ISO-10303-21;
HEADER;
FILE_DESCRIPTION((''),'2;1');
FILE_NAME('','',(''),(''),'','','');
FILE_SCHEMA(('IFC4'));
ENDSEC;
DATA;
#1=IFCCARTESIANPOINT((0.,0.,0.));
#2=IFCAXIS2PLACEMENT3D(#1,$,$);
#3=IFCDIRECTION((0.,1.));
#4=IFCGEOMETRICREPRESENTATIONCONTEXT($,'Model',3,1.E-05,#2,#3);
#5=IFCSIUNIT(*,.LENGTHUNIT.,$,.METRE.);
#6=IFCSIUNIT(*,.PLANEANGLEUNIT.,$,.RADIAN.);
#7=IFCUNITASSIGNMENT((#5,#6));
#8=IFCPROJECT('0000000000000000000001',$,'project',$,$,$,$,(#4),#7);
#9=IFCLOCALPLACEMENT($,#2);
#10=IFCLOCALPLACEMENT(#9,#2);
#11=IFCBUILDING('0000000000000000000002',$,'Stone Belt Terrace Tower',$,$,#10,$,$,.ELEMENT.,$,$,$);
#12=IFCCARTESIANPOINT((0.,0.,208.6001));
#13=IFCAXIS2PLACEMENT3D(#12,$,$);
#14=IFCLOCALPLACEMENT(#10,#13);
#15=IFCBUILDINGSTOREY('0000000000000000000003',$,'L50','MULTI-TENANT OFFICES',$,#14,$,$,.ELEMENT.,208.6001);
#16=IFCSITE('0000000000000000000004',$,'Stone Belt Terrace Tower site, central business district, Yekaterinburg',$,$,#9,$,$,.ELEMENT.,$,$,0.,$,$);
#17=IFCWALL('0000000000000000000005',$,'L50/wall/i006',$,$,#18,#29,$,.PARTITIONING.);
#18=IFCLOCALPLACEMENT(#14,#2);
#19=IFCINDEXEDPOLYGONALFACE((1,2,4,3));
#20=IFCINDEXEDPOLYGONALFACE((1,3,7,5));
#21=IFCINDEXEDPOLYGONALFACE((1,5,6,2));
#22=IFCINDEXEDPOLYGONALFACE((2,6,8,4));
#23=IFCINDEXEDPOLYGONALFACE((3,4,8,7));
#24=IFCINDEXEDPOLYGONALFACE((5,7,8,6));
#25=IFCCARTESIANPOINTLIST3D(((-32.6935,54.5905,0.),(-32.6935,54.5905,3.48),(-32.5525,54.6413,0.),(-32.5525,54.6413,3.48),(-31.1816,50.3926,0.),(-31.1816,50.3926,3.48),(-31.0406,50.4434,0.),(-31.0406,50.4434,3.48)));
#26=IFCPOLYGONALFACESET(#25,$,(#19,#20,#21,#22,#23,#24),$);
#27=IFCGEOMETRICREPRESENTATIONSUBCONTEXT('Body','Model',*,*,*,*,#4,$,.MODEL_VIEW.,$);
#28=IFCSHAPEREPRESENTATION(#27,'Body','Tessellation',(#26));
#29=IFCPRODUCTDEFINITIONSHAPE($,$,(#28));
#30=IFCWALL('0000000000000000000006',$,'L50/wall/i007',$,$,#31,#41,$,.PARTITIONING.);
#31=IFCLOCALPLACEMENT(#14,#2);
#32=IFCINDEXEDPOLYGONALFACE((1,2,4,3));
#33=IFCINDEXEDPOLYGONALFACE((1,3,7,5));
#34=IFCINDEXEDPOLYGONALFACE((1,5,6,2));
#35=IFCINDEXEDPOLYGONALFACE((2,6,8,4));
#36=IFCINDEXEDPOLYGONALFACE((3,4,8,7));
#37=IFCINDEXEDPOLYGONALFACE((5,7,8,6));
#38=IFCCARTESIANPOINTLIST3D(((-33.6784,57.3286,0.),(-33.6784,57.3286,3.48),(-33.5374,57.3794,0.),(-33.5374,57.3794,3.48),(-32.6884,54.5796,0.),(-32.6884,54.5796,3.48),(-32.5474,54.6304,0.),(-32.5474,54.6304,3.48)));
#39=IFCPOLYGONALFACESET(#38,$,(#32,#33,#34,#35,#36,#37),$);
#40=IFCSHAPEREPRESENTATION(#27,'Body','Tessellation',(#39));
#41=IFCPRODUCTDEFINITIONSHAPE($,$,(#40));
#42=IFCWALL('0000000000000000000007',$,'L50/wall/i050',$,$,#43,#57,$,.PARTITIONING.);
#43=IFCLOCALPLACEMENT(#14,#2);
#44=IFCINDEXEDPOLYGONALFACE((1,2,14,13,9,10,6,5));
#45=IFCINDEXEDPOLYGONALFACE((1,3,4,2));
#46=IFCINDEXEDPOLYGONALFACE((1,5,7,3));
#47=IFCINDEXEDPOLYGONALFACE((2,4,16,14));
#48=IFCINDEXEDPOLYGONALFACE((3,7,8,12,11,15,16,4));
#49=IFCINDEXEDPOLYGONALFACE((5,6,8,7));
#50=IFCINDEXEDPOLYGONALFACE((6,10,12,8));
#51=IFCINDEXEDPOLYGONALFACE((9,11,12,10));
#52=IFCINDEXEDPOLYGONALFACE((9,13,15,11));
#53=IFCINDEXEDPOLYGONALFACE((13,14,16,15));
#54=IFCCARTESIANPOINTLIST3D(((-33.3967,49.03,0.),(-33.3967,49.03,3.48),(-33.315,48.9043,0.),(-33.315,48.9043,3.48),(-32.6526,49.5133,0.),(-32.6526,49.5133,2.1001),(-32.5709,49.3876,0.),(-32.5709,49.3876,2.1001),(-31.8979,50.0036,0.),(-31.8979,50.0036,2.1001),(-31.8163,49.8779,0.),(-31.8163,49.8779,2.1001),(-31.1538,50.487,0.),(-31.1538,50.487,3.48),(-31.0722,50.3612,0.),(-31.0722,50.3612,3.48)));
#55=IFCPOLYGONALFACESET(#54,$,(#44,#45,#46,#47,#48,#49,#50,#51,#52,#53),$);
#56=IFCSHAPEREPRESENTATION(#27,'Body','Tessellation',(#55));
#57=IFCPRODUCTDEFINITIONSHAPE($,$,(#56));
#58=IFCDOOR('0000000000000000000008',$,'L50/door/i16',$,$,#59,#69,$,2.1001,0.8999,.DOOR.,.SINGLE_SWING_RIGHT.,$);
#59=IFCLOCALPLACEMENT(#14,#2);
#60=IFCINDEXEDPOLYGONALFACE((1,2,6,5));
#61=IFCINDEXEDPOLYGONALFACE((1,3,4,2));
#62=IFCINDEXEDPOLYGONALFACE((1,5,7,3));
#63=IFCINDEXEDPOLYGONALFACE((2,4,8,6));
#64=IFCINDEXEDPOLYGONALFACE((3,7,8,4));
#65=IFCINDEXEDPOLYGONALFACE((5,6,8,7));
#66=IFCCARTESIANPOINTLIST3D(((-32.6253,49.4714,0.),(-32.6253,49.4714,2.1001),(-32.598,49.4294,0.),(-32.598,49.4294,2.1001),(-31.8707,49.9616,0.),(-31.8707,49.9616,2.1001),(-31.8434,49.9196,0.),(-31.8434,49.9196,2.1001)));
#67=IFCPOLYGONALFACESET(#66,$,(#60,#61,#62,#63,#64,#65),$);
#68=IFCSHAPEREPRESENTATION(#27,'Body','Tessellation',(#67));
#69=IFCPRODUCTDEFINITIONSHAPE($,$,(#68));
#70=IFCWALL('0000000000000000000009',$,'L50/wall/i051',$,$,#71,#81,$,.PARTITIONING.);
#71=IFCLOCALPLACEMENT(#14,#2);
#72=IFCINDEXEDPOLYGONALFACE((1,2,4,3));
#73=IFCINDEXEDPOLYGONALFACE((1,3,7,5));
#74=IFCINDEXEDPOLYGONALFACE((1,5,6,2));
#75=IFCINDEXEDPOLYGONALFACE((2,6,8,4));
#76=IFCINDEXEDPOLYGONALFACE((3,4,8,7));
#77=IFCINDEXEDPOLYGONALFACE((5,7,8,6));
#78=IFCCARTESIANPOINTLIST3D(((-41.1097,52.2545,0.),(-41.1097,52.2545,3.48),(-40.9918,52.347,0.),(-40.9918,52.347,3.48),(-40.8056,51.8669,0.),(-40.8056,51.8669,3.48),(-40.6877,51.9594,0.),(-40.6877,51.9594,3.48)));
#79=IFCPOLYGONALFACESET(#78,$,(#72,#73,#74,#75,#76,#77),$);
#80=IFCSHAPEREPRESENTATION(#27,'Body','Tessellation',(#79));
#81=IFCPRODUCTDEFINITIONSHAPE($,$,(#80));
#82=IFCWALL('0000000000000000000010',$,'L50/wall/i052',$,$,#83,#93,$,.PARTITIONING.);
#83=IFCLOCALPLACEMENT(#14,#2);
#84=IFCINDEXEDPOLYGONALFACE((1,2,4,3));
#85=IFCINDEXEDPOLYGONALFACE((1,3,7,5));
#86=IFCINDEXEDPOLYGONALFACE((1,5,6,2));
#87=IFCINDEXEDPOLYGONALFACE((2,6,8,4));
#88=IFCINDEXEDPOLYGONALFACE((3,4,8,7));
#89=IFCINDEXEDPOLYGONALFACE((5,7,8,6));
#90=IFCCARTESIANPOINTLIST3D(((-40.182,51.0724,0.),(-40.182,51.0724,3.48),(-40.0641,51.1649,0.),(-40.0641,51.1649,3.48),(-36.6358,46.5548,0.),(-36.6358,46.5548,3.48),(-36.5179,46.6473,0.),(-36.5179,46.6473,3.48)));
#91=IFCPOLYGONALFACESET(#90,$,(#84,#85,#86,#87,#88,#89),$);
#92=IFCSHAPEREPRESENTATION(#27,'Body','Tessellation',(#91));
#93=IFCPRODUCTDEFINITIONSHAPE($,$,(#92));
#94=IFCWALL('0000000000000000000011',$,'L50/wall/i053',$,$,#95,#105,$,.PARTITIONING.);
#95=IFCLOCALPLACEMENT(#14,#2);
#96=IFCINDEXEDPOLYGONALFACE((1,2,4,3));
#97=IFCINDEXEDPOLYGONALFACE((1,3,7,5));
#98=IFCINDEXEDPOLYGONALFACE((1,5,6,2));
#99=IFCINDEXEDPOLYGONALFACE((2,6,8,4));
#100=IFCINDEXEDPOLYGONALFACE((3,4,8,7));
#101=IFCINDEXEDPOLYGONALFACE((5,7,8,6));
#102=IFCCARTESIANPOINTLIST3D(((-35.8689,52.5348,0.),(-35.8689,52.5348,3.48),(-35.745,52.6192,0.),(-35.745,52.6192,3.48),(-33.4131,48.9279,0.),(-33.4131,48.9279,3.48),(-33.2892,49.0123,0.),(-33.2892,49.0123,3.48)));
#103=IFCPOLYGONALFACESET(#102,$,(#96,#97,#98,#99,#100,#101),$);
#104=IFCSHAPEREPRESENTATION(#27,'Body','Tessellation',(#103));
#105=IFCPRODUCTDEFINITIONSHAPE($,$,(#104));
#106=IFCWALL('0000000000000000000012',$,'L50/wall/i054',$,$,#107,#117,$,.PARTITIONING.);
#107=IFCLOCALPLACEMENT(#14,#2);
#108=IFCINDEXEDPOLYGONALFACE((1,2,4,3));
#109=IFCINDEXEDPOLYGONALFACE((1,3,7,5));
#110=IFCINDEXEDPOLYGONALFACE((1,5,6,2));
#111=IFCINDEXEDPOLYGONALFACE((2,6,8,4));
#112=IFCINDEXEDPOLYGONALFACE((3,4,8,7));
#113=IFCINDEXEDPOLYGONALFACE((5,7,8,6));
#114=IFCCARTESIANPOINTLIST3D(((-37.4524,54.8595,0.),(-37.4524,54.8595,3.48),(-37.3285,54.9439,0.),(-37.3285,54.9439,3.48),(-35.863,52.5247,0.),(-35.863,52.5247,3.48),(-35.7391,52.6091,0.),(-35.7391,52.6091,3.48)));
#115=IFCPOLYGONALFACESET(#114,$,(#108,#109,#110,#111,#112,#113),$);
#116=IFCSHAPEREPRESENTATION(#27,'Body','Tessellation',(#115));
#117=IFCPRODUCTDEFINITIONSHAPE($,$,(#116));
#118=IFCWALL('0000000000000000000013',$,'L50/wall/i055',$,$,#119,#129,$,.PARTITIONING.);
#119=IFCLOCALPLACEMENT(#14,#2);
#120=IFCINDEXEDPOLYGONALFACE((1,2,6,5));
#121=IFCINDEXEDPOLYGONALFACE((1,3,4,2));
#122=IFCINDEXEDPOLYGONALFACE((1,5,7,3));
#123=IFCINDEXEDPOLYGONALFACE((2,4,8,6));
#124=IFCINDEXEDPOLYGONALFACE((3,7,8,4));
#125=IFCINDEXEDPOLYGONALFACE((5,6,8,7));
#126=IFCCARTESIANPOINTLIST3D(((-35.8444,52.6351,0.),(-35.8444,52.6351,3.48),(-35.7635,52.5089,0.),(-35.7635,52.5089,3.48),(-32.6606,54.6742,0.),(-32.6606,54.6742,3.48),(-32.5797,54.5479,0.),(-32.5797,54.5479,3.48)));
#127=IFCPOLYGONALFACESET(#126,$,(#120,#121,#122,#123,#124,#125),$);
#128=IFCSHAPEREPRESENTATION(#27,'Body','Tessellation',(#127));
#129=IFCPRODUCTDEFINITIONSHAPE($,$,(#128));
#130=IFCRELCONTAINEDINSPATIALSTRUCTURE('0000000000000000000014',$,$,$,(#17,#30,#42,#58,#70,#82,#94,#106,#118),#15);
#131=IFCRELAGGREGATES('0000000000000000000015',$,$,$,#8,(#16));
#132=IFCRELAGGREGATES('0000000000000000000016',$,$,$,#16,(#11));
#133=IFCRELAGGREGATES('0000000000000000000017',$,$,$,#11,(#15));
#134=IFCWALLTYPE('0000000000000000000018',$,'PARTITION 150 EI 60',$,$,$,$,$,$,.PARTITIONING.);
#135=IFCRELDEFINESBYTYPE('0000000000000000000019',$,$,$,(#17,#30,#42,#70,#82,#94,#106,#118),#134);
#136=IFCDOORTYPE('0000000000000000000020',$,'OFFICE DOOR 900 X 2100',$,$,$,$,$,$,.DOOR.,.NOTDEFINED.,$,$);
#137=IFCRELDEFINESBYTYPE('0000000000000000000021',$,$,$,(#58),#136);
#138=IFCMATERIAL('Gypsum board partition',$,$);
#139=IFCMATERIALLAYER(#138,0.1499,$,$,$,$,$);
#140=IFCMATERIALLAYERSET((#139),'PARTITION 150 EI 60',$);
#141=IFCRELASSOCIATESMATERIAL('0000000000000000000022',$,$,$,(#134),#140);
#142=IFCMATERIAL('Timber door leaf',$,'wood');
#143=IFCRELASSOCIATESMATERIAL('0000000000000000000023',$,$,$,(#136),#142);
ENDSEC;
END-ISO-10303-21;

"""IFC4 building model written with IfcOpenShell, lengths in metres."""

from ifc_helpers import new_model, si_unit, direction, frame, frame_2d, origin, place, context, subcontext, project, spatial, rectangle, extrude, material, layer, layer_set, type_object, element, fill, save


model = new_model("IFC4")

# Units and contexts
model_context = context("Model", 3, precision=1e-05, world=origin(), true_north=direction((0.0, 1.0)))
body_context = subcontext(model_context, "Body", "Model", "MODEL_VIEW")
ifc_project = project(units=[si_unit("LENGTHUNIT", "METRE"), si_unit("PLANEANGLEUNIT", "RADIAN")], contexts=[model_context])

# Site, building, storey
site_placement = place(None, origin())
site = spatial("IfcSite", under=ifc_project, at=site_placement, Name="Stone Belt Terrace Tower site, central business district, Yekaterinburg", CompositionType="ELEMENT", RefElevation=0.0)
building_placement = place(site_placement, origin())
building = spatial("IfcBuilding", under=site, at=building_placement, Name="Stone Belt Terrace Tower", CompositionType="ELEMENT")
storey_placement = place(building_placement, frame((0.0, 0.0, 208.6001)))
storey = spatial("IfcBuildingStorey", under=building, at=storey_placement, Name="L50", Description="MULTI-TENANT OFFICES", CompositionType="ELEMENT", Elevation=208.6001)

# Shared definitions
ifc_material_1 = material(Name="Gypsum board partition")
ifc_layer_1 = layer(ifc_material_1, 0.1499)
ifc_layer_set_1 = layer_set([ifc_layer_1], Name="PARTITION 150 EI 60")
wall_type = type_object("IfcWallType", Name="PARTITION 150 EI 60", PredefinedType="PARTITIONING", material=ifc_layer_set_1)
ifc_material_2 = material(Name="Timber door leaf", Category="wood")
door_type = type_object("IfcDoorType", Name="OFFICE DOOR 900 X 2100", OperationType="NOTDEFINED", PredefinedType="DOOR", material=ifc_material_2)

# Walls
wall_1_placement = place(storey_placement, frame((-31.1111, 50.418, 0.0), z_axis=(0.0, 0.0, 1.0), x_axis=(-0.338855, 0.940839, 0.0)))
element("IfcWall", 1, at=wall_1_placement, inside=storey, type_object=wall_type, Name="L50/wall/i006", PredefinedType="PARTITIONING", context=body_context, shape_type="SweptSolid", body=[
    extrude(rectangle(XDim=4.4619, YDim=0.1499, at=frame_2d((2.231, 0.0))), origin(), (0.0, 0.0, 1.0), 3.48),
])
wall_2_placement = place(storey_placement, frame((-32.6179, 54.605, 0.0), z_axis=(0.0, 0.0, 1.0), x_axis=(-0.338823, 0.94085, 0.0)))
element("IfcWall", 2, at=wall_2_placement, inside=storey, type_object=wall_type, Name="L50/wall/i007", PredefinedType="PARTITIONING", context=body_context, shape_type="SweptSolid", body=[
    extrude(rectangle(XDim=2.9219, YDim=0.1499, at=frame_2d((1.4609, 0.0))), origin(), (0.0, 0.0, 1.0), 3.48),
])

# Wall, opening, door
wall_3_placement = place(storey_placement, frame((-33.356, 48.967, 0.0), z_axis=(0.0, 0.0, 1.0), x_axis=(0.838592, 0.544761, 0.0)))
wall_3 = element("IfcWall", 3, at=wall_3_placement, inside=storey, type_object=wall_type, Name="L50/wall/i050", PredefinedType="PARTITIONING", context=body_context, shape_type="SweptSolid", body=[
    extrude(rectangle(XDim=2.6746, YDim=0.1499, at=frame_2d((1.3374, 0.0))), origin(), (0.0, 0.0, 1.0), 3.48),
])
opening_1_placement = place(wall_3_placement, frame((0.8875, 0.0, 0.0)))
opening_1 = element("IfcOpeningElement", 4, at=opening_1_placement, cuts=wall_3, PredefinedType="OPENING", context=body_context, shape_type="SweptSolid", body=[
    extrude(rectangle(XDim=0.8999, YDim=2.1001, at=frame_2d((0.45, 1.05))), frame((0.0, 0.085, 0.0), z_axis=(0.0, -1.0, 0.0), x_axis=(1.0, 0.0, 0.0)), (0.0, 0.0, 1.0), 0.1699),
])
door_1_placement = place(opening_1_placement, origin())
door_1 = element("IfcDoor", 5, at=door_1_placement, inside=storey, type_object=door_type, Name="L50/door/i16", OperationType="SINGLE_SWING_RIGHT", OverallHeight=2.1001, OverallWidth=0.8999, PredefinedType="DOOR", context=body_context, shape_type="SweptSolid", body=[
    extrude(rectangle(XDim=0.8999, YDim=2.1001, at=frame_2d((0.45, 1.05))), frame((0.0, 0.0249, 0.0), z_axis=(0.0, -1.0, 0.0), x_axis=(1.0, 0.0, 0.0)), (0.0, 0.0, 1.0), 0.05),
])
fill(opening_1, door_1)

# Walls
wall_4_placement = place(storey_placement, frame((-41.0508, 52.3008, 0.0), z_axis=(0.0, 0.0, 1.0), x_axis=(0.617296, -0.786731, 0.0)))
element("IfcWall", 6, at=wall_4_placement, inside=storey, type_object=wall_type, Name="L50/wall/i051", PredefinedType="PARTITIONING", context=body_context, shape_type="SweptSolid", body=[
    extrude(rectangle(XDim=0.4927, YDim=0.1499, at=frame_2d((0.2463, 0.0))), origin(), (0.0, 0.0, 1.0), 3.48),
])
wall_5_placement = place(storey_placement, frame((-40.123, 51.1187, 0.0), z_axis=(0.0, 0.0, 1.0), x_axis=(0.617457, -0.786604, 0.0)))
element("IfcWall", 7, at=wall_5_placement, inside=storey, type_object=wall_type, Name="L50/wall/i052", PredefinedType="PARTITIONING", context=body_context, shape_type="SweptSolid", body=[
    extrude(rectangle(XDim=5.7432, YDim=0.1499, at=frame_2d((2.8716, 0.0))), origin(), (0.0, 0.0, 1.0), 3.48),
])
wall_6_placement = place(storey_placement, frame((-35.8069, 52.5769, 0.0), z_axis=(0.0, 0.0, 1.0), x_axis=(0.562795, -0.826596, 0.0)))
element("IfcWall", 8, at=wall_6_placement, inside=storey, type_object=wall_type, Name="L50/wall/i053", PredefinedType="PARTITIONING", context=body_context, shape_type="SweptSolid", body=[
    extrude(rectangle(XDim=4.3635, YDim=0.1499, at=frame_2d((2.1816, 0.0))), origin(), (0.0, 0.0, 1.0), 3.48),
])
wall_7_placement = place(storey_placement, frame((-37.3904, 54.9016, 0.0), z_axis=(0.0, 0.0, 1.0), x_axis=(0.562733, -0.826639, 0.0)))
element("IfcWall", 9, at=wall_7_placement, inside=storey, type_object=wall_type, Name="L50/wall/i054", PredefinedType="PARTITIONING", context=body_context, shape_type="SweptSolid", body=[
    extrude(rectangle(XDim=2.8245, YDim=0.1499, at=frame_2d((1.4121, 0.0))), origin(), (0.0, 0.0, 1.0), 3.48),
])
wall_8_placement = place(storey_placement, frame((-35.804, 52.572, 0.0), z_axis=(0.0, 0.0, 1.0), x_axis=(0.842102, 0.539318, 0.0)))
element("IfcWall", 10, at=wall_8_placement, inside=storey, type_object=wall_type, Name="L50/wall/i055", PredefinedType="PARTITIONING", context=body_context, shape_type="SweptSolid", body=[
    extrude(rectangle(XDim=3.7808, YDim=0.1499, at=frame_2d((1.8904, 0.0))), origin(), (0.0, 0.0, 1.0), 3.48),
])

save(model, "model.ifc")
